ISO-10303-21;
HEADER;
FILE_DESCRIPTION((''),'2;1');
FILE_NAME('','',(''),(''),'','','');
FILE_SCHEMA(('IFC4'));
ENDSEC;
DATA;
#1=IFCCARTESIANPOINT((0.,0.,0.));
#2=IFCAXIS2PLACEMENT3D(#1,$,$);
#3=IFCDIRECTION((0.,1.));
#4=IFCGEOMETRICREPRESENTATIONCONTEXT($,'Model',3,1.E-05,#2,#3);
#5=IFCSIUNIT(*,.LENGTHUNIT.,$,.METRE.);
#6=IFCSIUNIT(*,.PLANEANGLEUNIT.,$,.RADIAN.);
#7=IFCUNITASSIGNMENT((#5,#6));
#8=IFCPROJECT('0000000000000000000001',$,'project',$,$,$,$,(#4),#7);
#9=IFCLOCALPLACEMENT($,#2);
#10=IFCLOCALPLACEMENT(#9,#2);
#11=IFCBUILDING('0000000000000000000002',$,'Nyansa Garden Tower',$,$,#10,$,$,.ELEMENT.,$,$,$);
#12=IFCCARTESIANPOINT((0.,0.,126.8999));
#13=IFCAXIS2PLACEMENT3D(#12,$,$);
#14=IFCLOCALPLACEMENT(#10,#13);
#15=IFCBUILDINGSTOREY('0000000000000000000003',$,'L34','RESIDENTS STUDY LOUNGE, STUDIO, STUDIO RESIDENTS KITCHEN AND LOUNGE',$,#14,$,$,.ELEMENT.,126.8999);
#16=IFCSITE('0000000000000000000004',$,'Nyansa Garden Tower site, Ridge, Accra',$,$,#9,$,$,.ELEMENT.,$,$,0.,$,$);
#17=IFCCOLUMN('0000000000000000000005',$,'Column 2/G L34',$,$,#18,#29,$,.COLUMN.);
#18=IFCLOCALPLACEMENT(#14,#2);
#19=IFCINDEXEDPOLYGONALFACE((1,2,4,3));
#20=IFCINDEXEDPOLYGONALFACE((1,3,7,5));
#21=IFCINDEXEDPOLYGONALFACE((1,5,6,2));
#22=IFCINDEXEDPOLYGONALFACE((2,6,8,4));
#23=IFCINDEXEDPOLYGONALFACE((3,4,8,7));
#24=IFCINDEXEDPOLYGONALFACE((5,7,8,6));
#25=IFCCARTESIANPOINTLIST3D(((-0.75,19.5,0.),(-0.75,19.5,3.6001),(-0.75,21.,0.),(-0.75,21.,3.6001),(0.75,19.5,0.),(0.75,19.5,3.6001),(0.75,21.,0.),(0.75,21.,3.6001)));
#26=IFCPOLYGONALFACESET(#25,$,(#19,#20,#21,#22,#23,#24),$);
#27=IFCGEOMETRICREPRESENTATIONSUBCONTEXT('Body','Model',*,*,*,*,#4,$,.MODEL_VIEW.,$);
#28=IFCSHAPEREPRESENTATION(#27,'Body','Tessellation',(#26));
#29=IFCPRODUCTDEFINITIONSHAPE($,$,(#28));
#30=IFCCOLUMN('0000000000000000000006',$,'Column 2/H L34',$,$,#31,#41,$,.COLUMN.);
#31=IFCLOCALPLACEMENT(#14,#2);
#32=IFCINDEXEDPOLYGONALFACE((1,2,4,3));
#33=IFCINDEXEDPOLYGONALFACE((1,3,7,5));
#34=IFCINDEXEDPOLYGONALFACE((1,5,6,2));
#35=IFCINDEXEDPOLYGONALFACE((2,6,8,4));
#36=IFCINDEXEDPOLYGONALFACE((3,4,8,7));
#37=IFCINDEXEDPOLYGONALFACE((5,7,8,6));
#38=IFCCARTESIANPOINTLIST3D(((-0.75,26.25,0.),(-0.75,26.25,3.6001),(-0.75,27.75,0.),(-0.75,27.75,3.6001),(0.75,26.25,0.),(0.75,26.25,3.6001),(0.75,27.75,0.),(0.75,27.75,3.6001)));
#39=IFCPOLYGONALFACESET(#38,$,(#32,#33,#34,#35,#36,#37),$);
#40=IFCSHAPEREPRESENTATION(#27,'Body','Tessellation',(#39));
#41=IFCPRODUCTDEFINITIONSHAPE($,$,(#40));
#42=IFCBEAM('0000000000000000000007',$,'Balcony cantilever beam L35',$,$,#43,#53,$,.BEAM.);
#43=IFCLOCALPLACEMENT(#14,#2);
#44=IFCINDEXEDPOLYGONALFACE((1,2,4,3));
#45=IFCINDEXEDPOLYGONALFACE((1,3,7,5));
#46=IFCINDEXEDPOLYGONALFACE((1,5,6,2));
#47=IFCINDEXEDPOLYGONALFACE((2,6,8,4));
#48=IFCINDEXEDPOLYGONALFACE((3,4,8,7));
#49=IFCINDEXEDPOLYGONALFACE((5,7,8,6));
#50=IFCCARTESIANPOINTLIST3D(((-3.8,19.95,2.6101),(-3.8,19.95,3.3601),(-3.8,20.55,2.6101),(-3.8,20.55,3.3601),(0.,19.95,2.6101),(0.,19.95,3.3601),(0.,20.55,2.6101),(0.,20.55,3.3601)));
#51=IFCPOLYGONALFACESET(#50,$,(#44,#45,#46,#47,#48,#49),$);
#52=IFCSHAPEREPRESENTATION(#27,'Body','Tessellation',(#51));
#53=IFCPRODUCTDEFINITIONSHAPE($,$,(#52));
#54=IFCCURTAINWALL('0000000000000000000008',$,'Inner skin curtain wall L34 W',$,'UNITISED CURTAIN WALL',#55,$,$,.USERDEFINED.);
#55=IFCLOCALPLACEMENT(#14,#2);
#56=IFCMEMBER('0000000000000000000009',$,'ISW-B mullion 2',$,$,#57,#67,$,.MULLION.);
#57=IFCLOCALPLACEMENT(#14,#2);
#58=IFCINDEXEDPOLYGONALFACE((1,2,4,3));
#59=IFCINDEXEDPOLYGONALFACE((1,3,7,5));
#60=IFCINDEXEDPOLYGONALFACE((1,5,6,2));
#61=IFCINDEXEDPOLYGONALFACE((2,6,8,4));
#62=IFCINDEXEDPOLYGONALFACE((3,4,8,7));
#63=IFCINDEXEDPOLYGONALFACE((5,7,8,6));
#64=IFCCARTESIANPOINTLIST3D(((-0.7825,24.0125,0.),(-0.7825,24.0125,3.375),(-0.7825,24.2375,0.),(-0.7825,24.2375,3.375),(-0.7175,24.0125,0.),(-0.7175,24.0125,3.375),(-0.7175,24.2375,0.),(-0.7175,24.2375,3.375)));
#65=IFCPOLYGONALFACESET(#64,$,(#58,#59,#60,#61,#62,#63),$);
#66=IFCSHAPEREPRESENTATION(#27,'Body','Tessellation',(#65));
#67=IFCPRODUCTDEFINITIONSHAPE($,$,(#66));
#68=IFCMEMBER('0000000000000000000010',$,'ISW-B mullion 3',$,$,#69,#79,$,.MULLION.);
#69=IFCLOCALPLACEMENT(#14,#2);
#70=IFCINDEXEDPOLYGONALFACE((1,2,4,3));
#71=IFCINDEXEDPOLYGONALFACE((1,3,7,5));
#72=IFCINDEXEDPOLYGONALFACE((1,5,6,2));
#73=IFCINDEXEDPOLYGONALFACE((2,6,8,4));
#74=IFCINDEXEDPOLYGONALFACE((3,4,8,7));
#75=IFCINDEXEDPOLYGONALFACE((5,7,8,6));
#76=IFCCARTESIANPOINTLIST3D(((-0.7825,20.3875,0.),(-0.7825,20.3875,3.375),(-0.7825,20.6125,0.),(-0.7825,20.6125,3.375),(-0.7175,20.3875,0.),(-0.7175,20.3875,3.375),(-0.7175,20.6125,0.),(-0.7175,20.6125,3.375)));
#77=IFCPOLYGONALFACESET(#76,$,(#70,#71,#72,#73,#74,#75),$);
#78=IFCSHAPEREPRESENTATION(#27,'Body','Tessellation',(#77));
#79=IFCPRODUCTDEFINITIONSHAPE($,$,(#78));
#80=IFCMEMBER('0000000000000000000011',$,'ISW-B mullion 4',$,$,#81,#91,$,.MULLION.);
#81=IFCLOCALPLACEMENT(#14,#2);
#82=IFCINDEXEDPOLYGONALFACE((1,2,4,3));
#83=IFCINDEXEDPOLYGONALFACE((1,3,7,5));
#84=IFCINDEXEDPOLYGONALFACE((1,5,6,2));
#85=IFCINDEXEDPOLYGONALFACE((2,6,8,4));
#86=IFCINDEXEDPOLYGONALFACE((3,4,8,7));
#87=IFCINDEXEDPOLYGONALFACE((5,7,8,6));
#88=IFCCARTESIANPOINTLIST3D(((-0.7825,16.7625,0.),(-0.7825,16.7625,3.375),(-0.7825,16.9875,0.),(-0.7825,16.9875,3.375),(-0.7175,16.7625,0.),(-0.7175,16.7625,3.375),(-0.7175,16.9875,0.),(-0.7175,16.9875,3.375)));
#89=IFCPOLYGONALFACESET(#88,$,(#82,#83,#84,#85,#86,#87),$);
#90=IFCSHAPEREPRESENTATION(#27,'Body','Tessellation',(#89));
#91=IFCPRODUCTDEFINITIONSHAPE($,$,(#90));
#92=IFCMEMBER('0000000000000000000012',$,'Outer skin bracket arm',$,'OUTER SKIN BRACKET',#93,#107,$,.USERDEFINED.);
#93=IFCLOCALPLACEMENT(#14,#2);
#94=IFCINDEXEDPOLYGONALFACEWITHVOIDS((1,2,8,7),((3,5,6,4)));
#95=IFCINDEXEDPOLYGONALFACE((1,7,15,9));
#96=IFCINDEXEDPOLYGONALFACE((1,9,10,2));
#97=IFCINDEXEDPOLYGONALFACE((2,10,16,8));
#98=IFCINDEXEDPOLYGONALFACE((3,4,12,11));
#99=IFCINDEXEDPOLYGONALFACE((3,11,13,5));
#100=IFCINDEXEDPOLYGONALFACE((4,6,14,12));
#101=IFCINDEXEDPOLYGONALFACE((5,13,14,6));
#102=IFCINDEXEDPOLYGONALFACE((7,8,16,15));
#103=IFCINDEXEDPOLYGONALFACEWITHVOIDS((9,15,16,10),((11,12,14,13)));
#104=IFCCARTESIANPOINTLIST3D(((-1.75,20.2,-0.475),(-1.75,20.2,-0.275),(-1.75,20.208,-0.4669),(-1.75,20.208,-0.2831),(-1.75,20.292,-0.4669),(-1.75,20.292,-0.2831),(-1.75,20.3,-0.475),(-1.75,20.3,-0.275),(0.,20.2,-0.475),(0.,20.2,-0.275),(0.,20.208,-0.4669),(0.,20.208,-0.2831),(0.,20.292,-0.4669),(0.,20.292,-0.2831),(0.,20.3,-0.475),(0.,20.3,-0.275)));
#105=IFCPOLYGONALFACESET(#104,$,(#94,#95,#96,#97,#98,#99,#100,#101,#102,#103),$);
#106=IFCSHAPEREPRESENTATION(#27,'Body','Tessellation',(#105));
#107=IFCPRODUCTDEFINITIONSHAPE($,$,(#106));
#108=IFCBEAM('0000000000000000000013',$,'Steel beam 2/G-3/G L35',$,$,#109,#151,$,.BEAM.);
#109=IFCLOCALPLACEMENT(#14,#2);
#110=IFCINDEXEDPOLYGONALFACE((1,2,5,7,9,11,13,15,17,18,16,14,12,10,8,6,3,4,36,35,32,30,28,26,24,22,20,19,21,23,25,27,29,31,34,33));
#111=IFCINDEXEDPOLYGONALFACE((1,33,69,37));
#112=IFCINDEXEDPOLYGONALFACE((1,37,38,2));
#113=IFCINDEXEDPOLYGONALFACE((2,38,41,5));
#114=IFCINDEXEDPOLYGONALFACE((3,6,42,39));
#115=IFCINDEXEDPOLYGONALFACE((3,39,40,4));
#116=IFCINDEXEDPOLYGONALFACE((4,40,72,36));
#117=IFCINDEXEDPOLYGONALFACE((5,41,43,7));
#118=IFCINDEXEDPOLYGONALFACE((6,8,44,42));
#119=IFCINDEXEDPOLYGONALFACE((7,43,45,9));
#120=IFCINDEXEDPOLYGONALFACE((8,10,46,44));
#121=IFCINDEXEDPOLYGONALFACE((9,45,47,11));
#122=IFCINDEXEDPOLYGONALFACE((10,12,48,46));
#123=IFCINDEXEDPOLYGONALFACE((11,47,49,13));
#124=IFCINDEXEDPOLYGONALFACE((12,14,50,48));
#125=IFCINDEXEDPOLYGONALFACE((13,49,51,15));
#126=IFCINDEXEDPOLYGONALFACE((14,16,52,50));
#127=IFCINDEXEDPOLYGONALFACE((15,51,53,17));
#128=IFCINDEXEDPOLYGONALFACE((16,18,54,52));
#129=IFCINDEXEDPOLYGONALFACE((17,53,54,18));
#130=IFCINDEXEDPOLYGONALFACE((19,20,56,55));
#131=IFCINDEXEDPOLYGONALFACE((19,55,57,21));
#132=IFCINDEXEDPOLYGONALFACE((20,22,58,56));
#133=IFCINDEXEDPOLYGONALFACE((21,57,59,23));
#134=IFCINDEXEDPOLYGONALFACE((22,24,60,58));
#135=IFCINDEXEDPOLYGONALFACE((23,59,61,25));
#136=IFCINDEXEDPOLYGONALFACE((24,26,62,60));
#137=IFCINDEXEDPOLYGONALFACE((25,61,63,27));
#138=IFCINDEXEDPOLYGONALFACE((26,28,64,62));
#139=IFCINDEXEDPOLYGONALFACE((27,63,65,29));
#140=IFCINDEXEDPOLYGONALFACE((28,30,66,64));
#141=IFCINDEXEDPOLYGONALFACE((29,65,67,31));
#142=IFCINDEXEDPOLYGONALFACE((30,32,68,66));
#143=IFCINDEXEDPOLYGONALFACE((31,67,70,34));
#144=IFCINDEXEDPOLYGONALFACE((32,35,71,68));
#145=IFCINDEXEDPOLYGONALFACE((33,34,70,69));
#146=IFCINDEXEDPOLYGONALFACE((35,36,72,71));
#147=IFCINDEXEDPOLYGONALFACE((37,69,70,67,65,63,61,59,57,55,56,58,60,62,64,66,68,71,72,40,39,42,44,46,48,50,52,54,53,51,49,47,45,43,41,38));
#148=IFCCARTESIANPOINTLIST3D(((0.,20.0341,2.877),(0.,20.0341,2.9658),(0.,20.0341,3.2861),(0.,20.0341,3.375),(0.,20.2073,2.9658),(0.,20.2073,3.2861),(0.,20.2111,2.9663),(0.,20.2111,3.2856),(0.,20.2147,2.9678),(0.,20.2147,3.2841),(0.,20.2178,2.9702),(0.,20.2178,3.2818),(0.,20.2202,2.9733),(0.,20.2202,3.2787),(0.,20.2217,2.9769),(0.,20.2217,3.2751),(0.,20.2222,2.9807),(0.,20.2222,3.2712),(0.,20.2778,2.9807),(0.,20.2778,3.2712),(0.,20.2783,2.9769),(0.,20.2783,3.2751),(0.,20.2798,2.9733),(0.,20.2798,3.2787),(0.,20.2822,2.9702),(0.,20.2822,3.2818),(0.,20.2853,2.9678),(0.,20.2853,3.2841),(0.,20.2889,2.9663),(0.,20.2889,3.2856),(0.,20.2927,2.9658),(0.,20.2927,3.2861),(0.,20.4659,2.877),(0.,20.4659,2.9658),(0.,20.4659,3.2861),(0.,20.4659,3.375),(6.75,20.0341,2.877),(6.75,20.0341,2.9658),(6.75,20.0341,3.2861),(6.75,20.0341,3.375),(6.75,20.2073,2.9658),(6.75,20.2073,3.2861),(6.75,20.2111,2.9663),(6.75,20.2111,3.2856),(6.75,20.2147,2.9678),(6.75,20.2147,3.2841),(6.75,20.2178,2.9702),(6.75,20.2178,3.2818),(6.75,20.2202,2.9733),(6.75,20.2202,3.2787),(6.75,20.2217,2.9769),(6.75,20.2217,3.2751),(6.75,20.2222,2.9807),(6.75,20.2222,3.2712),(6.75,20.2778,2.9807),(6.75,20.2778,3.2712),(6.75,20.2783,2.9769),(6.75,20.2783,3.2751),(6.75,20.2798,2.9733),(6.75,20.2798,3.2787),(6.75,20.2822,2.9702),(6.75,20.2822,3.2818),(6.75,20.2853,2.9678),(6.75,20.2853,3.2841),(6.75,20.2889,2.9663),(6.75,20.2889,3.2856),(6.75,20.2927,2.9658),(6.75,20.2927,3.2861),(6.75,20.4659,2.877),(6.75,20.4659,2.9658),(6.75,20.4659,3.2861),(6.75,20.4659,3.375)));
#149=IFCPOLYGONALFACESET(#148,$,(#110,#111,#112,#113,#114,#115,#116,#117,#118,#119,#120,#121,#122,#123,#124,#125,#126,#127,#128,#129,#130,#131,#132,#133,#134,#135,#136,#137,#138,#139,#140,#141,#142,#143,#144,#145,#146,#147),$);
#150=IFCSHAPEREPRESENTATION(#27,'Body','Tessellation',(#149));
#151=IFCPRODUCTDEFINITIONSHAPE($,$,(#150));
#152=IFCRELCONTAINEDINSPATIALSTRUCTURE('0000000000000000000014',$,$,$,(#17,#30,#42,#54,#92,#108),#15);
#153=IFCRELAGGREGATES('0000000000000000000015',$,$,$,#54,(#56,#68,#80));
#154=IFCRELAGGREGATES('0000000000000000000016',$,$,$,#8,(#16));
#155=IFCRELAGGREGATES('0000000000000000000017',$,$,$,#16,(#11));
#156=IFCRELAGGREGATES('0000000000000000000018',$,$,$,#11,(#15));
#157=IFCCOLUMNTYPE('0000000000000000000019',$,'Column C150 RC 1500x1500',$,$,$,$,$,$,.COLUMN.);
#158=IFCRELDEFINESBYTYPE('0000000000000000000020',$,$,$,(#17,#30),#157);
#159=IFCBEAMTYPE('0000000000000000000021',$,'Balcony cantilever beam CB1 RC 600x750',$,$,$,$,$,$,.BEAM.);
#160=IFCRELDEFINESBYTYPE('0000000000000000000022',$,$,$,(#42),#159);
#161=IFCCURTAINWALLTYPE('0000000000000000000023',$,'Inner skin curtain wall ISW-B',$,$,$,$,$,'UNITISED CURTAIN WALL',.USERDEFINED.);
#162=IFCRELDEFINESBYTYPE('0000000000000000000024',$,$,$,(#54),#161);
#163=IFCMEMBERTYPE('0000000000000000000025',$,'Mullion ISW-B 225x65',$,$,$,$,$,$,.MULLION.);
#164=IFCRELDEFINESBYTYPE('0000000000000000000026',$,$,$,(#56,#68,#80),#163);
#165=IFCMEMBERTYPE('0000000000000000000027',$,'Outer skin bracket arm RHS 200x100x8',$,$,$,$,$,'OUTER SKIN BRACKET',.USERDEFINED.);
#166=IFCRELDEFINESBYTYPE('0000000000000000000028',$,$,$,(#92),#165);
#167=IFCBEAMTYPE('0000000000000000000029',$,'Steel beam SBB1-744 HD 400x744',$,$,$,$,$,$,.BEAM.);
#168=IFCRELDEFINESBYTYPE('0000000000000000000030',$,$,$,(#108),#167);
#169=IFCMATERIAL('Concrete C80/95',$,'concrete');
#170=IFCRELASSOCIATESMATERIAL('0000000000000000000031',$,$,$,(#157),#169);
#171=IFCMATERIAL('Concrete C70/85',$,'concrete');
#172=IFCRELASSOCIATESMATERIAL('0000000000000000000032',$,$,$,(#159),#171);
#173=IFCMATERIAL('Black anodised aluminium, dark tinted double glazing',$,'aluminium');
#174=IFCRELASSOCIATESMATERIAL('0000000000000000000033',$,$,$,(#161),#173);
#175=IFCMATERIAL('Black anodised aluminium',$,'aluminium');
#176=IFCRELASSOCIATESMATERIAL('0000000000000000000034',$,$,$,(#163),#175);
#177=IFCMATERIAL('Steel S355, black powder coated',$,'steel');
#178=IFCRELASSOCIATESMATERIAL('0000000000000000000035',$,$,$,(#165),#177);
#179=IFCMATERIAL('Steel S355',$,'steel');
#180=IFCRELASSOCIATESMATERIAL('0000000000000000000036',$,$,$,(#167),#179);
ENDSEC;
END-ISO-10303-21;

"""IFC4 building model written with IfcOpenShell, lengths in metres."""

from ifc_helpers import new_model, si_unit, direction, frame, origin, origin_2d, place, context, subcontext, project, spatial, rectangle, hollow_rectangle, i_section, extrude, material, material_profile, profile_set, type_object, element, aggregate, save


model = new_model("IFC4")

# Units and contexts
model_context = context("Model", 3, precision=1e-05, world=origin(), true_north=direction((0.0, 1.0)))
body_context = subcontext(model_context, "Body", "Model", "MODEL_VIEW")
ifc_project = project(units=[si_unit("LENGTHUNIT", "METRE"), si_unit("PLANEANGLEUNIT", "RADIAN")], contexts=[model_context])

# Site, building, storey
site_placement = place(None, origin())
site = spatial("IfcSite", under=ifc_project, at=site_placement, Name="Nyansa Garden Tower site, Ridge, Accra", CompositionType="ELEMENT", RefElevation=0.0)
building_placement = place(site_placement, origin())
building = spatial("IfcBuilding", under=site, at=building_placement, Name="Nyansa Garden Tower", CompositionType="ELEMENT")
storey_placement = place(building_placement, frame((0.0, 0.0, 126.8999)))
storey = spatial("IfcBuildingStorey", under=building, at=storey_placement, Name="L34", Description="RESIDENTS STUDY LOUNGE, STUDIO, STUDIO RESIDENTS KITCHEN AND LOUNGE", CompositionType="ELEMENT", Elevation=126.8999)

# Columns
ifc_material_1 = material(Name="Concrete C80/95", Category="concrete")
ifc_material_profile_1 = material_profile(ifc_material_1, rectangle(XDim=1.5, YDim=1.5, at=origin_2d()), Name="RC 1500x1500")
ifc_profile_set_1 = profile_set([ifc_material_profile_1], Name="Concrete C80/95")
column_type = type_object("IfcColumnType", Name="Column C150 RC 1500x1500", PredefinedType="COLUMN", material=ifc_profile_set_1)
for number, where, z_axis, x_axis, name in (
    (1, (0.0, 20.25, 0.0), (0.0, 0.0, 1.0), (1.0, 0.0, 0.0), "Column 2/G L34"),
    (2, (0.0, 27.0, 0.0), (0.0, 0.0, 1.0), (1.0, 0.0, 0.0), "Column 2/H L34"),
):
    element("IfcColumn", number, at=place(storey_placement, frame(where, z_axis=z_axis, x_axis=x_axis)), inside=storey, type_object=column_type, Name=name, PredefinedType="COLUMN", context=body_context, shape_type="SweptSolid", body=[
        extrude(rectangle(XDim=1.5, YDim=1.5, at=origin_2d()), origin(), (0.0, 0.0, 1.0), 3.6001),
    ])

# Beam
ifc_material_2 = material(Name="Concrete C70/85", Category="concrete")
ifc_material_profile_2 = material_profile(ifc_material_2, rectangle(XDim=0.6001, YDim=0.75, at=origin_2d()), Name="RC 600x750")
ifc_profile_set_2 = profile_set([ifc_material_profile_2], Name="Concrete C70/85")
beam_type_1 = type_object("IfcBeamType", Name="Balcony cantilever beam CB1 RC 600x750", PredefinedType="BEAM", material=ifc_profile_set_2)
beam_1_placement = place(storey_placement, frame((0.0, 20.25, 2.9851), z_axis=(-1.0, 0.0, 0.0), x_axis=(0.0, -1.0, 0.0)))
element("IfcBeam", 3, at=beam_1_placement, inside=storey, type_object=beam_type_1, Name="Balcony cantilever beam L35", PredefinedType="BEAM", context=body_context, shape_type="SweptSolid", body=[
    extrude(rectangle(XDim=0.6001, YDim=0.75, at=origin_2d()), origin(), (0.0, 0.0, 1.0), 3.8),
])

# Curtain wall, members
ifc_material_3 = material(Name="Black anodised aluminium, dark tinted double glazing", Category="aluminium")
curtain_wall_type = type_object("IfcCurtainWallType", Name="Inner skin curtain wall ISW-B", ElementType="UNITISED CURTAIN WALL", PredefinedType="USERDEFINED", material=ifc_material_3)
curtain_wall_placement = place(storey_placement, origin())
curtain_wall = element("IfcCurtainWall", 4, at=curtain_wall_placement, inside=storey, type_object=curtain_wall_type, Name="Inner skin curtain wall L34 W", ObjectType="UNITISED CURTAIN WALL", PredefinedType="USERDEFINED")
ifc_material_4 = material(Name="Black anodised aluminium", Category="aluminium")
ifc_material_profile_3 = material_profile(ifc_material_4, rectangle(XDim=0.0649, YDim=0.2251, at=origin_2d()), Name="Mullion 225x65")
ifc_profile_set_3 = profile_set([ifc_material_profile_3], Name="Black anodised aluminium")
member_type_1 = type_object("IfcMemberType", Name="Mullion ISW-B 225x65", PredefinedType="MULLION", material=ifc_profile_set_3)
member_1_placement = place(storey_placement, frame((-0.75, 24.125, 0.0), z_axis=(0.0, 0.0, 1.0), x_axis=(1.0, 0.0, 0.0)))
member_1 = element("IfcMember", 5, at=member_1_placement, type_object=member_type_1, Name="ISW-B mullion 2", PredefinedType="MULLION", context=body_context, shape_type="SweptSolid", body=[
    extrude(rectangle(XDim=0.0649, YDim=0.2251, at=origin_2d()), origin(), (0.0, 0.0, 1.0), 3.375),
])
member_2_placement = place(storey_placement, frame((-0.75, 20.5, 0.0), z_axis=(0.0, 0.0, 1.0), x_axis=(1.0, 0.0, 0.0)))
member_2 = element("IfcMember", 6, at=member_2_placement, type_object=member_type_1, Name="ISW-B mullion 3", PredefinedType="MULLION", context=body_context, shape_type="SweptSolid", body=[
    extrude(rectangle(XDim=0.0649, YDim=0.2251, at=origin_2d()), origin(), (0.0, 0.0, 1.0), 3.375),
])
member_3_placement = place(storey_placement, frame((-0.75, 16.875, 0.0), z_axis=(0.0, 0.0, 1.0), x_axis=(1.0, 0.0, 0.0)))
member_3 = element("IfcMember", 7, at=member_3_placement, type_object=member_type_1, Name="ISW-B mullion 4", PredefinedType="MULLION", context=body_context, shape_type="SweptSolid", body=[
    extrude(rectangle(XDim=0.0649, YDim=0.2251, at=origin_2d()), origin(), (0.0, 0.0, 1.0), 3.375),
])

# Member
ifc_material_5 = material(Name="Steel S355, black powder coated", Category="steel")
ifc_material_profile_4 = material_profile(ifc_material_5, hollow_rectangle(XDim=0.1001, YDim=0.2, WallThickness=0.0081, at=origin_2d()), Name="RHS 200x100x8")
ifc_profile_set_4 = profile_set([ifc_material_profile_4], Name="Steel S355, black powder coated")
member_type_2 = type_object("IfcMemberType", Name="Outer skin bracket arm RHS 200x100x8", ElementType="OUTER SKIN BRACKET", PredefinedType="USERDEFINED", material=ifc_profile_set_4)
member_4_placement = place(storey_placement, frame((0.0, 20.25, -0.375), z_axis=(-1.0, 0.0, 0.0), x_axis=(0.0, -1.0, 0.0)))
element("IfcMember", 8, at=member_4_placement, inside=storey, type_object=member_type_2, Name="Outer skin bracket arm", ObjectType="OUTER SKIN BRACKET", PredefinedType="USERDEFINED", context=body_context, shape_type="SweptSolid", body=[
    extrude(hollow_rectangle(XDim=0.1001, YDim=0.2, WallThickness=0.0081, at=origin_2d()), origin(), (0.0, 0.0, 1.0), 1.75),
])

# Beam
ifc_material_6 = material(Name="Steel S355", Category="steel")
ifc_material_profile_5 = material_profile(ifc_material_6, i_section(OverallWidth=0.4319, OverallDepth=0.498, WebThickness=0.0557, FlangeThickness=0.0889, FilletRadius=0.0149, at=origin_2d()), Name="HD 400x744")
ifc_profile_set_5 = profile_set([ifc_material_profile_5], Name="Steel S355")
beam_type_2 = type_object("IfcBeamType", Name="Steel beam SBB1-744 HD 400x744", PredefinedType="BEAM", material=ifc_profile_set_5)
beam_2_placement = place(storey_placement, frame((0.0, 20.25, 3.126), z_axis=(1.0, 0.0, 0.0), x_axis=(0.0, 1.0, 0.0)))
element("IfcBeam", 9, at=beam_2_placement, inside=storey, type_object=beam_type_2, Name="Steel beam 2/G-3/G L35", PredefinedType="BEAM", context=body_context, shape_type="SweptSolid", body=[
    extrude(i_section(OverallWidth=0.4319, OverallDepth=0.498, WebThickness=0.0557, FlangeThickness=0.0889, FilletRadius=0.0149, at=origin_2d()), origin(), (0.0, 0.0, 1.0), 6.75),
])

aggregate(curtain_wall, [member_1, member_2, member_3])

save(model, "model.ifc")
